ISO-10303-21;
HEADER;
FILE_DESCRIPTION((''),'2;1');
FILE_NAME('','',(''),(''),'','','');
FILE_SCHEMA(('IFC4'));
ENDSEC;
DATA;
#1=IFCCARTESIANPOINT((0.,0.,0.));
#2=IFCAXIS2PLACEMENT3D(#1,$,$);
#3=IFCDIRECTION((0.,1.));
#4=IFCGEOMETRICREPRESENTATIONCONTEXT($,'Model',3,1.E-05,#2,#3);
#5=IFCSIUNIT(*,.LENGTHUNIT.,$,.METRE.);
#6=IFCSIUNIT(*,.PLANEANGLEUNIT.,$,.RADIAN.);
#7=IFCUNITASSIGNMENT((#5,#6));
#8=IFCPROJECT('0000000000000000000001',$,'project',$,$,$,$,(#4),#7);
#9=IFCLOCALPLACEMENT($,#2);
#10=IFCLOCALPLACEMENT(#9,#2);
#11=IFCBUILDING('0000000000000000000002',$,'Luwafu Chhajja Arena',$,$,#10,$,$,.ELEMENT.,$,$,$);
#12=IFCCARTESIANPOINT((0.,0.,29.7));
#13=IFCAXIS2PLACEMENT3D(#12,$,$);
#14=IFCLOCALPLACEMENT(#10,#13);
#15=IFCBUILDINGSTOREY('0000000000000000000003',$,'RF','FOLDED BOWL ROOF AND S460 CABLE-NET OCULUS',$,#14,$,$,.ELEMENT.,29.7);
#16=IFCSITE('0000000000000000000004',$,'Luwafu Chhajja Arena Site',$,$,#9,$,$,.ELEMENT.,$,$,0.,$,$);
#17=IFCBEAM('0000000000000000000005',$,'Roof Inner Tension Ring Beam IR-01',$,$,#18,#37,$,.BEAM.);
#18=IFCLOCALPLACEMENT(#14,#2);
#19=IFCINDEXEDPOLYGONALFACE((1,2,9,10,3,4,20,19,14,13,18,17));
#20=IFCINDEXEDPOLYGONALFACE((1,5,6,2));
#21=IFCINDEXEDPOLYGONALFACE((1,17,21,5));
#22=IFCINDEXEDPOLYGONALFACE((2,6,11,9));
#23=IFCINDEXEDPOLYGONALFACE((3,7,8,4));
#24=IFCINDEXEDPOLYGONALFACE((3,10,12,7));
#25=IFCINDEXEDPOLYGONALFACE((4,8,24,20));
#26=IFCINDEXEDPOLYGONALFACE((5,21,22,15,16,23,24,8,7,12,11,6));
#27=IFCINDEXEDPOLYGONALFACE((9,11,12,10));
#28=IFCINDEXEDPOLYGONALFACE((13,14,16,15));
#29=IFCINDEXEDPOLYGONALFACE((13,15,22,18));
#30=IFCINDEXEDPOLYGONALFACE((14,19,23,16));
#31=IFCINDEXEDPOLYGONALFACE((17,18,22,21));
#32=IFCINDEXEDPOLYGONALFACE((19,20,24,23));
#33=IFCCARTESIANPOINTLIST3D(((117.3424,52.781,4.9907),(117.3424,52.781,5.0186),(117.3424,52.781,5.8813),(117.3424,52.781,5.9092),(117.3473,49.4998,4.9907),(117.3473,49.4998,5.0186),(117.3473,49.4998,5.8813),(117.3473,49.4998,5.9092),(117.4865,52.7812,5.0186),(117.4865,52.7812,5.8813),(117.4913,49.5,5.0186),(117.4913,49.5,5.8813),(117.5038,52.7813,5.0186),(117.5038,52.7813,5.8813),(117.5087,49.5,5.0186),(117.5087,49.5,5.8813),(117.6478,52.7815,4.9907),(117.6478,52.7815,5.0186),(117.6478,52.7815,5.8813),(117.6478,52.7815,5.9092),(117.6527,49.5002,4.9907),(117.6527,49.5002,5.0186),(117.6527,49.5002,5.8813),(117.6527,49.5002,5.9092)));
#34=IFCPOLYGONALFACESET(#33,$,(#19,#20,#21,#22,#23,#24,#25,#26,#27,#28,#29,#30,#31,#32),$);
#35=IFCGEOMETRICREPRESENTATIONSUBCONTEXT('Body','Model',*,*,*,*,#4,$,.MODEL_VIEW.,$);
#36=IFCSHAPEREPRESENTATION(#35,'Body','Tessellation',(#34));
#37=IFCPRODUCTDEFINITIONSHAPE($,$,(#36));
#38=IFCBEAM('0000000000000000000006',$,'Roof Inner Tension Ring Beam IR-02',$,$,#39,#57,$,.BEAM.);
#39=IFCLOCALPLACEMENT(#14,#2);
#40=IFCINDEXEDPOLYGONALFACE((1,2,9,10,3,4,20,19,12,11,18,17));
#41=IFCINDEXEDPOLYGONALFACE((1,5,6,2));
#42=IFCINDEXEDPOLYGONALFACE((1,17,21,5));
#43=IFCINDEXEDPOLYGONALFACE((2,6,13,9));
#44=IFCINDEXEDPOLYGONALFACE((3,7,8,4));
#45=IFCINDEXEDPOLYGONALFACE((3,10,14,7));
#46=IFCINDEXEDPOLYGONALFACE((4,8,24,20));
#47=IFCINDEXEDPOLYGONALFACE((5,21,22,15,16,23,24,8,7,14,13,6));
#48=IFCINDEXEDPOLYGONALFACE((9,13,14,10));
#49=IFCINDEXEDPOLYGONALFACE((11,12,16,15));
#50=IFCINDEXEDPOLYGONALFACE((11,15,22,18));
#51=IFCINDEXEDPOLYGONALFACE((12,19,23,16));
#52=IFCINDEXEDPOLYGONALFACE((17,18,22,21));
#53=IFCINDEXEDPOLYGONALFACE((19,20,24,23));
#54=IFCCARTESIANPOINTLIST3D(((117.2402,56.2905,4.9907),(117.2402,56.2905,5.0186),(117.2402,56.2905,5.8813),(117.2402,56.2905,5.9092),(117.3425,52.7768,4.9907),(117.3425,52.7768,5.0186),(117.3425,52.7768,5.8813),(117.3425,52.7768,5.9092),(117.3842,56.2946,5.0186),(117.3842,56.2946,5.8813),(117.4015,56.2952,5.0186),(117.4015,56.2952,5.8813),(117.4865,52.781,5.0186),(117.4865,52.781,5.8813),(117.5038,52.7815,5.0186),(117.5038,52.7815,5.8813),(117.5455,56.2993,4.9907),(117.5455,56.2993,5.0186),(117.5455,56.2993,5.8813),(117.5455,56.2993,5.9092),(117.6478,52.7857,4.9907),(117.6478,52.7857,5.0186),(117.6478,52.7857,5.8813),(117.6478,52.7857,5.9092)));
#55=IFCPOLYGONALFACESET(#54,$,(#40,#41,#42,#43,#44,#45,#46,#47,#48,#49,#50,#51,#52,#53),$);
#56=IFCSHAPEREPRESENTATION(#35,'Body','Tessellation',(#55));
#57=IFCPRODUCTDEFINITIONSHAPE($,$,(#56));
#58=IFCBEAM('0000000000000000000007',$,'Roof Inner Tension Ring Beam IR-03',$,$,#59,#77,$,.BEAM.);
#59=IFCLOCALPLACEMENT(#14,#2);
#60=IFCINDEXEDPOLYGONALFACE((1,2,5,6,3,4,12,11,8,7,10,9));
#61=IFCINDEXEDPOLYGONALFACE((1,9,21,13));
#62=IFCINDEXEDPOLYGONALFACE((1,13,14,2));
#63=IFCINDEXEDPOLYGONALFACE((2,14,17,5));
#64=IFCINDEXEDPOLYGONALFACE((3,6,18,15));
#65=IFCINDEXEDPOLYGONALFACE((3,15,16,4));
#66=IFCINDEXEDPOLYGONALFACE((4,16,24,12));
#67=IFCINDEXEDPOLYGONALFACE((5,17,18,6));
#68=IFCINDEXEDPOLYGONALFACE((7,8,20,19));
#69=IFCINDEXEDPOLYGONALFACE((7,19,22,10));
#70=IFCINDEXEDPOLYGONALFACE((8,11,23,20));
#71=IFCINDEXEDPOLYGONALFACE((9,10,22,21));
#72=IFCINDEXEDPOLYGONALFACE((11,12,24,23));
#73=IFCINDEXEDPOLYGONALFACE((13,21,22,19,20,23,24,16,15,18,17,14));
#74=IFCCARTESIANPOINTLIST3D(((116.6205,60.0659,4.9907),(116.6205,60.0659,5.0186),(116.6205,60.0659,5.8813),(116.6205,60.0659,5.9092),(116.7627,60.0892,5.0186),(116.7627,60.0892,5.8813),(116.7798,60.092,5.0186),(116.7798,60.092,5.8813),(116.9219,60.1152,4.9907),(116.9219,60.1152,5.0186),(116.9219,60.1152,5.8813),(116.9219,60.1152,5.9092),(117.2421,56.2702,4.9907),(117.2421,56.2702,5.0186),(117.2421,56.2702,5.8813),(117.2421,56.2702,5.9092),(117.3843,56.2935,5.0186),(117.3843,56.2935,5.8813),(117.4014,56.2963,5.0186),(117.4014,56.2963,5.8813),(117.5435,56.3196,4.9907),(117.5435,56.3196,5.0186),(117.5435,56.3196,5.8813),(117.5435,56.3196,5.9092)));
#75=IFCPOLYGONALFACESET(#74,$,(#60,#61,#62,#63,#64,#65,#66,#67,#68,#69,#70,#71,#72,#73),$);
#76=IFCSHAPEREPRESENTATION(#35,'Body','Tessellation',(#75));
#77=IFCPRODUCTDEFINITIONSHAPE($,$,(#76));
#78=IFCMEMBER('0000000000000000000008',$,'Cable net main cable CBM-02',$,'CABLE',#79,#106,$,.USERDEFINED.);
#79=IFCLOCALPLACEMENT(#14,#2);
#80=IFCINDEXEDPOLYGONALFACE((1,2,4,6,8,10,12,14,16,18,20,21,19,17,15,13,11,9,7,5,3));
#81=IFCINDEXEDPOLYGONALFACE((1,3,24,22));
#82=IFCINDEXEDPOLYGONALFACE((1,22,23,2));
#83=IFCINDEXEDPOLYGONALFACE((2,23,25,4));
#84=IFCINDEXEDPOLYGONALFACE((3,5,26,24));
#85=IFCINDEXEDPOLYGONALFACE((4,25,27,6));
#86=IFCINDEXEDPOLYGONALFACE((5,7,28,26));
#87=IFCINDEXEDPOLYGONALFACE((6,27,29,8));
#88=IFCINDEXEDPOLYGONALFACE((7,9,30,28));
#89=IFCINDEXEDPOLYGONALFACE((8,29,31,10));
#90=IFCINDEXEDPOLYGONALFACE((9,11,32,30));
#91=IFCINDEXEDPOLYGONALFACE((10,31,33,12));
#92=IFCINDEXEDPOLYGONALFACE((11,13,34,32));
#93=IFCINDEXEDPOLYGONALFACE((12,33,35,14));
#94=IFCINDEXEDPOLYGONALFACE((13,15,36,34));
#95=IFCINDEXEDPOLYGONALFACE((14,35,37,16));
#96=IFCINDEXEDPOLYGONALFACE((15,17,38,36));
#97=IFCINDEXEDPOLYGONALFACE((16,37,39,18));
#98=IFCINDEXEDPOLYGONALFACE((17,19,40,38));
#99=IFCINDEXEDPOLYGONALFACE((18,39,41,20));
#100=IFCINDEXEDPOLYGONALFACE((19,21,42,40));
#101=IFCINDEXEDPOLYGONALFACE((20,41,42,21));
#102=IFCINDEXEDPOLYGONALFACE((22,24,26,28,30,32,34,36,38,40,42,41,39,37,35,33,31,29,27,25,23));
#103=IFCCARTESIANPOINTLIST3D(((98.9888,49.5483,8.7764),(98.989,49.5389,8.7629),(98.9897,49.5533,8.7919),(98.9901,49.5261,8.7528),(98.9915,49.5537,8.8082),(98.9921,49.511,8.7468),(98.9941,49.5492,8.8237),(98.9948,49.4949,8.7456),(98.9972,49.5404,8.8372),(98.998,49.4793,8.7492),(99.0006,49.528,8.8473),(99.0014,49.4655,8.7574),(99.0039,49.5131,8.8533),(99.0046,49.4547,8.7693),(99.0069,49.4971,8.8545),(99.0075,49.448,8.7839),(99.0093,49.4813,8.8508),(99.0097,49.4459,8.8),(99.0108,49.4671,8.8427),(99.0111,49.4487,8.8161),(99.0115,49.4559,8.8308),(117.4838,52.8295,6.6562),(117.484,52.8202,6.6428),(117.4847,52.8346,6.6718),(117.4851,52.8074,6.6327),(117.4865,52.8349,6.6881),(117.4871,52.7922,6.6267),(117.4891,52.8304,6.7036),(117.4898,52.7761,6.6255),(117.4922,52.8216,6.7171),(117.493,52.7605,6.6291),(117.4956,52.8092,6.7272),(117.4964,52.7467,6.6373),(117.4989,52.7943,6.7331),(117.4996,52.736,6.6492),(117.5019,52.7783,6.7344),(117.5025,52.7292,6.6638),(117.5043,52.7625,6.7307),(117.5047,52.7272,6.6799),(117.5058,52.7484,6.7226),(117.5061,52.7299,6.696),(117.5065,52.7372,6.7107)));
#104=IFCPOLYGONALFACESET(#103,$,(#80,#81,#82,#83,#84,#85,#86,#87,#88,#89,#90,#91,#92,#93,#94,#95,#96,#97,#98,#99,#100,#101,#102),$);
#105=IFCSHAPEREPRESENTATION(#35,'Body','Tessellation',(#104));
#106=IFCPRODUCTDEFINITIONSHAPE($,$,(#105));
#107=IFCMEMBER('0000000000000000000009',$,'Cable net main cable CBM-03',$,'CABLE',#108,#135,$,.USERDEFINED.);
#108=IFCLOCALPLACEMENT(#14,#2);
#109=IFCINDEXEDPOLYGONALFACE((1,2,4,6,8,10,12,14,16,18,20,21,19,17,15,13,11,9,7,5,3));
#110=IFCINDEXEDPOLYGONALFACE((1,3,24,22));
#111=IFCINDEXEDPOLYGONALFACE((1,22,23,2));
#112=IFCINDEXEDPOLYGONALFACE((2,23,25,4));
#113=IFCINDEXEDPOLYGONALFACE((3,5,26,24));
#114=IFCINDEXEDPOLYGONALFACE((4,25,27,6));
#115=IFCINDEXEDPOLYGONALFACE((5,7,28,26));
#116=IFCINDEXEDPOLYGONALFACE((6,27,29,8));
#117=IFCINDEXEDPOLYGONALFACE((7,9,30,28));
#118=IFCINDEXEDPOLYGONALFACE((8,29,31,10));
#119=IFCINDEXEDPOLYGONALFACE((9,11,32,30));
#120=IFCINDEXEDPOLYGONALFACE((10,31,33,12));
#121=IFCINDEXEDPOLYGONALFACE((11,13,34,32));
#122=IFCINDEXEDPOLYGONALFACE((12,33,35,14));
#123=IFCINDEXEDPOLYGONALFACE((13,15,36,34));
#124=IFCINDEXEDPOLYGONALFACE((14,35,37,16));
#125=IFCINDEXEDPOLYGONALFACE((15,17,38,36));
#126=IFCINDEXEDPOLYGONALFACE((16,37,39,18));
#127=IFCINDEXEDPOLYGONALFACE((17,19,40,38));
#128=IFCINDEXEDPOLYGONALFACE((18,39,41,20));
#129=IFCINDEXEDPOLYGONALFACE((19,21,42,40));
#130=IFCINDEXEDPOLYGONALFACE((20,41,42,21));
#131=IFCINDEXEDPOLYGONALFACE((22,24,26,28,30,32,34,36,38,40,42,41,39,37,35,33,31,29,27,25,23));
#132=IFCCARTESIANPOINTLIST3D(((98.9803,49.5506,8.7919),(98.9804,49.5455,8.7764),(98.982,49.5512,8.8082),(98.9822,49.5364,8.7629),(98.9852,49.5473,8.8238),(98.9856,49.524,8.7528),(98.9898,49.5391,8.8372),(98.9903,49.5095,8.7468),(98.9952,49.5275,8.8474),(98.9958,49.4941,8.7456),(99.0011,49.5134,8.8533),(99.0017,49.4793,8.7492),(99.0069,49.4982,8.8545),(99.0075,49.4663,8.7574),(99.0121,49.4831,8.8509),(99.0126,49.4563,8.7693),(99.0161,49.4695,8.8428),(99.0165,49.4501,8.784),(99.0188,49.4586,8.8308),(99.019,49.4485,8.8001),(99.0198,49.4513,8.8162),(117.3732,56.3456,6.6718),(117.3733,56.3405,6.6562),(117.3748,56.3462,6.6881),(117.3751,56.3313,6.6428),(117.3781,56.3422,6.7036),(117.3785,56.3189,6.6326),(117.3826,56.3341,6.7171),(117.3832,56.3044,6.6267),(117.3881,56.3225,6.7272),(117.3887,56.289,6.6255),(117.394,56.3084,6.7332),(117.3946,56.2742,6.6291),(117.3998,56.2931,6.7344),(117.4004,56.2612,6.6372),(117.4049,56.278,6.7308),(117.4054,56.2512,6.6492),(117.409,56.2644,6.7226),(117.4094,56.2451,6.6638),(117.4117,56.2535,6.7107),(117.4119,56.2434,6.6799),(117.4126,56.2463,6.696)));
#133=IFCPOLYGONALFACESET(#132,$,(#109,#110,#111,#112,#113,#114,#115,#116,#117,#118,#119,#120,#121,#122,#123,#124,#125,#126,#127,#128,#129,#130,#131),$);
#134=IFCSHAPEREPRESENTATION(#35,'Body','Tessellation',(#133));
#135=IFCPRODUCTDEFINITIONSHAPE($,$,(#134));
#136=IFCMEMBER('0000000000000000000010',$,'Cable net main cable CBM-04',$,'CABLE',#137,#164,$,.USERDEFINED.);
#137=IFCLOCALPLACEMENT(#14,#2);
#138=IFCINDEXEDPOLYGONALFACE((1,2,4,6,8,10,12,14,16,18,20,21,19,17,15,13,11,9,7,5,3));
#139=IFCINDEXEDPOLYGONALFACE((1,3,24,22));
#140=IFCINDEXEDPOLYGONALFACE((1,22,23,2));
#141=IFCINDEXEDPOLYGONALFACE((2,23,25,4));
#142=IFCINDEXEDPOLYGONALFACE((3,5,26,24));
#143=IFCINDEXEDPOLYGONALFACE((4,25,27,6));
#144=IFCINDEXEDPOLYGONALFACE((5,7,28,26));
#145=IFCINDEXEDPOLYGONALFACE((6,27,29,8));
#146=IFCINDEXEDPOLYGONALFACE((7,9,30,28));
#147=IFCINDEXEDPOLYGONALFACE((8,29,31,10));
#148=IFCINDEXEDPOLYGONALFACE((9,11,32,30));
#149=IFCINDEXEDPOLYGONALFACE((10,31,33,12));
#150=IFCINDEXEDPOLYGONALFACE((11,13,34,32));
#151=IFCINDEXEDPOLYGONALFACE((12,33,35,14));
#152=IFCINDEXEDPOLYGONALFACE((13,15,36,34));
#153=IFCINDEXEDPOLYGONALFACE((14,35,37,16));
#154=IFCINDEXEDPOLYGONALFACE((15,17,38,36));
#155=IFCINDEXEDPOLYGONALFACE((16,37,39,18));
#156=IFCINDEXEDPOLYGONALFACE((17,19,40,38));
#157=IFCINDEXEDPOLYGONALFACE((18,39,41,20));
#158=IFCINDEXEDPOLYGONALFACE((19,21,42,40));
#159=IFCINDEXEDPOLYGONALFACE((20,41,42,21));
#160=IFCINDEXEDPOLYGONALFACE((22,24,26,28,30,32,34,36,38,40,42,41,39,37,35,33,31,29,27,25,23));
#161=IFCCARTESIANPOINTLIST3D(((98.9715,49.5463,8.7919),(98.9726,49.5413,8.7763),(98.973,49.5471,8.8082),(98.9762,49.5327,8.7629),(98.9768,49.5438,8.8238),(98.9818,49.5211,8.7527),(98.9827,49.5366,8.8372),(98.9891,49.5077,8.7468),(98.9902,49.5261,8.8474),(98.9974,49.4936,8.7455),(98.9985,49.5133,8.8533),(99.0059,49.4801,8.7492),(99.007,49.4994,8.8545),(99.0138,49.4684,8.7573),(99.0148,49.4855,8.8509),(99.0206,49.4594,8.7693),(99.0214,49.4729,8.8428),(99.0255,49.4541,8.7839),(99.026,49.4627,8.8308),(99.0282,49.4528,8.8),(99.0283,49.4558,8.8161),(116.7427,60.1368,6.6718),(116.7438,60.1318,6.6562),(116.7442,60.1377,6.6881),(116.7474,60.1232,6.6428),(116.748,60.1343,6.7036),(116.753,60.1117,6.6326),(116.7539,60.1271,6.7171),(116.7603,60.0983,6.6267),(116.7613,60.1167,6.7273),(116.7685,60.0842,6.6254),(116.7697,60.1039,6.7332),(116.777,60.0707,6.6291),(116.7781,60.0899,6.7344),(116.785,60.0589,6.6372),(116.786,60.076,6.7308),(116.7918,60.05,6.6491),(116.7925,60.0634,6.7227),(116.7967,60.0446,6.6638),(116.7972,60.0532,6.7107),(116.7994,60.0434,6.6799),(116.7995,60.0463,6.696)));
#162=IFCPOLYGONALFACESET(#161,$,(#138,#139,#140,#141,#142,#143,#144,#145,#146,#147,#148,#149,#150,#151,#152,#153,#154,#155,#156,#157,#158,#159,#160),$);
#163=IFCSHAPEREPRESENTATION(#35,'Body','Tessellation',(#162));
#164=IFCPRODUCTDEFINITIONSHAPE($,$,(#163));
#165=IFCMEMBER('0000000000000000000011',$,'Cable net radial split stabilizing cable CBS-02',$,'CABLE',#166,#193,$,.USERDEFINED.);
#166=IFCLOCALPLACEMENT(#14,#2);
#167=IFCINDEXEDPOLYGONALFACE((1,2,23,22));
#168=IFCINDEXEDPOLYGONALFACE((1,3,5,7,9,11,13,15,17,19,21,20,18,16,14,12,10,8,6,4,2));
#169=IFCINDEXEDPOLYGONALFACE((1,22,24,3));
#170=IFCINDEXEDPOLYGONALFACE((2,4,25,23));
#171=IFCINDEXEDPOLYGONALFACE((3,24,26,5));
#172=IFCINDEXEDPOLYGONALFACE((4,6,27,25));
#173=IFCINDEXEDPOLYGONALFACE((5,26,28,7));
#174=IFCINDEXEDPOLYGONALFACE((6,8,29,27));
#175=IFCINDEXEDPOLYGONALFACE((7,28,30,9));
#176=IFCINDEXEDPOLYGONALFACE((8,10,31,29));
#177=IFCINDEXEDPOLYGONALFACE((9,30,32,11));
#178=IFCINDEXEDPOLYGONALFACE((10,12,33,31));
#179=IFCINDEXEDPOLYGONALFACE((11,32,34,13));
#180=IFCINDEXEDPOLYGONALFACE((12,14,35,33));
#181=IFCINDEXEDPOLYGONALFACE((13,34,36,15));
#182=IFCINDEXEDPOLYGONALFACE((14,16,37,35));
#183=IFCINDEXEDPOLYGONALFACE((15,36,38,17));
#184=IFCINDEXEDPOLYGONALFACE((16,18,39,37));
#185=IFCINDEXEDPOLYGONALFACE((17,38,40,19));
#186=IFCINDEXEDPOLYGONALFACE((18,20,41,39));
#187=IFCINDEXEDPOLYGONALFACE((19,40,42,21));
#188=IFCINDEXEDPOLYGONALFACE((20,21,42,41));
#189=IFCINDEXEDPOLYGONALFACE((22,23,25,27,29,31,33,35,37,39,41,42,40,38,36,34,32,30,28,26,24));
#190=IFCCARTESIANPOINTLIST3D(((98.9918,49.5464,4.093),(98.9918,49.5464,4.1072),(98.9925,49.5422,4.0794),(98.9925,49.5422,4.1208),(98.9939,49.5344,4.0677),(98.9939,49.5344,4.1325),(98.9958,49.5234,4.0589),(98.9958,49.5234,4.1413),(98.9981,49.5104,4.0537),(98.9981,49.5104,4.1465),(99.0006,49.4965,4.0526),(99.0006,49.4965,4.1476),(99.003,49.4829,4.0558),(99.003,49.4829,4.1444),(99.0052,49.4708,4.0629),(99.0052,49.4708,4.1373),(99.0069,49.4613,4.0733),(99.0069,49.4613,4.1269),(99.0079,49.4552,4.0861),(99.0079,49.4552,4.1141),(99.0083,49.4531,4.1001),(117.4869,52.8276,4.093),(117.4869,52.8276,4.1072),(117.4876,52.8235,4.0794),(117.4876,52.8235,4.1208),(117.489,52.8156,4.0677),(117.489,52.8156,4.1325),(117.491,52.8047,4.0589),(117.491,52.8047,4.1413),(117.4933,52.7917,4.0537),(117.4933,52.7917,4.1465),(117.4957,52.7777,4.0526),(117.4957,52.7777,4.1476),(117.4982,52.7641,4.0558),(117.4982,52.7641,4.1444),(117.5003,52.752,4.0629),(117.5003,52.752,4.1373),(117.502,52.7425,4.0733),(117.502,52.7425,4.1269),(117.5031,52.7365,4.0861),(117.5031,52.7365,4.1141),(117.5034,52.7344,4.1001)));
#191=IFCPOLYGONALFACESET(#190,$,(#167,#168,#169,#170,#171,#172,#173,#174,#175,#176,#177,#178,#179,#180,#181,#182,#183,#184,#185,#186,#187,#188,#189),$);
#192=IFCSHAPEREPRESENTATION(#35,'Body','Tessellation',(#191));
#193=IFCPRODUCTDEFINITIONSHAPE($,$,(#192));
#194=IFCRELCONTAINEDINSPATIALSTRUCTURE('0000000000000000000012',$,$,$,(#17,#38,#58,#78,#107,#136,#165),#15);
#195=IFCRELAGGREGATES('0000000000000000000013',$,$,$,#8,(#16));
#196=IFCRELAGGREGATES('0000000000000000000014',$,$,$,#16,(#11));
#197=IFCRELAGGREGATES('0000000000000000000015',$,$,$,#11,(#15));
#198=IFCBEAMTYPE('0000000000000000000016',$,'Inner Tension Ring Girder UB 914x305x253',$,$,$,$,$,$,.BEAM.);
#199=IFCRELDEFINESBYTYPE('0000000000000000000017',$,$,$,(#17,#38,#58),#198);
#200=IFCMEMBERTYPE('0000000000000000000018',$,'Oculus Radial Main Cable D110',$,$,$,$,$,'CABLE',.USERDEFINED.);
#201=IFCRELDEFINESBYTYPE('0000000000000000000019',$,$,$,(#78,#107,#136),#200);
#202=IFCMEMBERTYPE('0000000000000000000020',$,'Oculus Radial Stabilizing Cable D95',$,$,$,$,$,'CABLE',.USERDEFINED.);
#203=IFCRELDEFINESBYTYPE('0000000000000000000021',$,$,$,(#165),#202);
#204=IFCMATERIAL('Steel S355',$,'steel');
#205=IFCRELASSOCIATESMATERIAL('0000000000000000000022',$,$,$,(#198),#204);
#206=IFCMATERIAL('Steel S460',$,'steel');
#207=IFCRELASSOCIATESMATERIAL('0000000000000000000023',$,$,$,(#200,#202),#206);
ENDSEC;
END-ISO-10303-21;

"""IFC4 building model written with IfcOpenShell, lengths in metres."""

from ifc_helpers import new_model, si_unit, direction, frame, origin, origin_2d, place, context, subcontext, project, spatial, circle, i_section, extrude, material, material_profile, profile_set, type_object, element, save


model = new_model("IFC4")

# Units and contexts
model_context = context("Model", 3, precision=1e-05, world=origin(), true_north=direction((0.0, 1.0)))
body_context = subcontext(model_context, "Body", "Model", "MODEL_VIEW")
ifc_project = project(units=[si_unit("LENGTHUNIT", "METRE"), si_unit("PLANEANGLEUNIT", "RADIAN")], contexts=[model_context])

# Site, building, storey
site_placement = place(None, origin())
site = spatial("IfcSite", under=ifc_project, at=site_placement, Name="Luwafu Chhajja Arena Site", CompositionType="ELEMENT", RefElevation=0.0)
building_placement = place(site_placement, origin())
building = spatial("IfcBuilding", under=site, at=building_placement, Name="Luwafu Chhajja Arena", CompositionType="ELEMENT")
storey_placement = place(building_placement, frame((0.0, 0.0, 29.7)))
storey = spatial("IfcBuildingStorey", under=building, at=storey_placement, Name="RF", Description="FOLDED BOWL ROOF AND S460 CABLE-NET OCULUS", CompositionType="ELEMENT", Elevation=29.7)

# Shared definitions
ifc_material_1 = material(Name="Steel S355", Category="steel")

# Beams
ifc_material_profile_1 = material_profile(ifc_material_1, i_section(OverallWidth=0.3054, OverallDepth=0.9185, WebThickness=0.0173, FlangeThickness=0.0278, at=origin_2d()), Name="UB 914x305x253")
ifc_profile_set_1 = profile_set([ifc_material_profile_1], Name="Steel S355")
beam_type_1 = type_object("IfcBeamType", Name="Inner Tension Ring Girder UB 914x305x253", PredefinedType="BEAM", material=ifc_profile_set_1)
beam_1_placement = place(storey_placement, frame((117.5, 49.5, 5.45), z_axis=(-0.001488, 0.999999, 0.0), x_axis=(-0.999999, -0.001488, 0.0)))
element("IfcBeam", 1, at=beam_1_placement, inside=storey, type_object=beam_type_1, Name="Roof Inner Tension Ring Beam IR-01", PredefinedType="BEAM", context=body_context, shape_type="SweptSolid", body=[
    extrude(i_section(OverallWidth=0.3054, OverallDepth=0.9185, WebThickness=0.0173, FlangeThickness=0.0278, at=origin_2d()), origin(), (0.0, 0.0, 1.0), 3.2812),
])
beam_2_placement = place(storey_placement, frame((117.4951, 52.7812, 5.45), z_axis=(-0.029101, 0.999576, 0.0), x_axis=(-0.999576, -0.029101, 0.0)))
element("IfcBeam", 2, at=beam_2_placement, inside=storey, type_object=beam_type_1, Name="Roof Inner Tension Ring Beam IR-02", PredefinedType="BEAM", context=body_context, shape_type="SweptSolid", body=[
    extrude(i_section(OverallWidth=0.3054, OverallDepth=0.9185, WebThickness=0.0173, FlangeThickness=0.0278, at=origin_2d()), origin(), (0.0, 0.0, 1.0), 3.5151),
])
beam_3_placement = place(storey_placement, frame((117.3928, 56.2949, 5.45), z_axis=(-0.161609, 0.986855, 0.0), x_axis=(-0.986855, -0.161609, 0.0)))
element("IfcBeam", 3, at=beam_3_placement, inside=storey, type_object=beam_type_1, Name="Roof Inner Tension Ring Beam IR-03", PredefinedType="BEAM", context=body_context, shape_type="SweptSolid", body=[
    extrude(i_section(OverallWidth=0.3054, OverallDepth=0.9185, WebThickness=0.0173, FlangeThickness=0.0278, at=origin_2d()), origin(), (0.0, 0.0, 1.0), 3.8462),
])

# Members
ifc_material_2 = material(Name="Steel S460", Category="steel")
ifc_material_profile_2 = material_profile(ifc_material_2, circle(Radius=0.0549, at=origin_2d()), Name="CABLE D110")
ifc_profile_set_2 = profile_set([ifc_material_profile_2], Name="Steel S460")
member_type_1 = type_object("IfcMemberType", Name="Oculus Radial Main Cable D110", ElementType="CABLE", PredefinedType="USERDEFINED", material=ifc_profile_set_2)
member_1_placement = place(storey_placement, frame((117.4951, 52.7812, 6.6799), z_axis=(-0.978412, -0.173582, 0.112157), x_axis=(0.174684, -0.984625, 0.0)))
element("IfcMember", 4, at=member_1_placement, inside=storey, type_object=member_type_1, Name="Cable net main cable CBM-02", ObjectType="CABLE", PredefinedType="USERDEFINED", context=body_context, shape_type="SweptSolid", body=[
    extrude(circle(Radius=0.0549, at=origin_2d()), origin(), (0.0, 0.0, 1.0), 18.9031),
])
member_2_placement = place(storey_placement, frame((117.3928, 56.2949, 6.6799), z_axis=(-0.932599, -0.344533, 0.107499), x_axis=(0.346541, -0.938035, 0.0)))
element("IfcMember", 5, at=member_2_placement, inside=storey, type_object=member_type_1, Name="Cable net main cable CBM-03", ObjectType="CABLE", PredefinedType="USERDEFINED", context=body_context, shape_type="SweptSolid", body=[
    extrude(circle(Radius=0.0549, at=origin_2d()), origin(), (0.0, 0.0, 1.0), 19.7222),
])
member_3_placement = place(storey_placement, frame((116.7712, 60.0906, 6.6799), z_axis=(-0.854552, -0.509261, 0.101948), x_axis=(0.511928, -0.859028, 0.0)))
element("IfcMember", 6, at=member_3_placement, inside=storey, type_object=member_type_1, Name="Cable net main cable CBM-04", ObjectType="CABLE", PredefinedType="USERDEFINED", context=body_context, shape_type="SweptSolid", body=[
    extrude(circle(Radius=0.0549, at=origin_2d()), origin(), (0.0, 0.0, 1.0), 20.7959),
])
ifc_material_profile_3 = material_profile(ifc_material_2, circle(Radius=0.0476, at=origin_2d()), Name="CABLE D95")
ifc_profile_set_3 = profile_set([ifc_material_profile_3], Name="Steel S460")
member_type_2 = type_object("IfcMemberType", Name="Oculus Radial Stabilizing Cable D95", ElementType="CABLE", PredefinedType="USERDEFINED", material=ifc_profile_set_3)
member_4_placement = place(storey_placement, frame((117.4951, 52.7812, 4.1001), z_axis=(-0.984625, -0.174684, 0.0), x_axis=(0.174684, -0.984625, 0.0)))
element("IfcMember", 7, at=member_4_placement, inside=storey, type_object=member_type_2, Name="Cable net radial split stabilizing cable CBS-02", ObjectType="CABLE", PredefinedType="USERDEFINED", context=body_context, shape_type="SweptSolid", body=[
    extrude(circle(Radius=0.0476, at=origin_2d()), origin(), (0.0, 0.0, 1.0), 18.7839),
])

save(model, "model.ifc")
